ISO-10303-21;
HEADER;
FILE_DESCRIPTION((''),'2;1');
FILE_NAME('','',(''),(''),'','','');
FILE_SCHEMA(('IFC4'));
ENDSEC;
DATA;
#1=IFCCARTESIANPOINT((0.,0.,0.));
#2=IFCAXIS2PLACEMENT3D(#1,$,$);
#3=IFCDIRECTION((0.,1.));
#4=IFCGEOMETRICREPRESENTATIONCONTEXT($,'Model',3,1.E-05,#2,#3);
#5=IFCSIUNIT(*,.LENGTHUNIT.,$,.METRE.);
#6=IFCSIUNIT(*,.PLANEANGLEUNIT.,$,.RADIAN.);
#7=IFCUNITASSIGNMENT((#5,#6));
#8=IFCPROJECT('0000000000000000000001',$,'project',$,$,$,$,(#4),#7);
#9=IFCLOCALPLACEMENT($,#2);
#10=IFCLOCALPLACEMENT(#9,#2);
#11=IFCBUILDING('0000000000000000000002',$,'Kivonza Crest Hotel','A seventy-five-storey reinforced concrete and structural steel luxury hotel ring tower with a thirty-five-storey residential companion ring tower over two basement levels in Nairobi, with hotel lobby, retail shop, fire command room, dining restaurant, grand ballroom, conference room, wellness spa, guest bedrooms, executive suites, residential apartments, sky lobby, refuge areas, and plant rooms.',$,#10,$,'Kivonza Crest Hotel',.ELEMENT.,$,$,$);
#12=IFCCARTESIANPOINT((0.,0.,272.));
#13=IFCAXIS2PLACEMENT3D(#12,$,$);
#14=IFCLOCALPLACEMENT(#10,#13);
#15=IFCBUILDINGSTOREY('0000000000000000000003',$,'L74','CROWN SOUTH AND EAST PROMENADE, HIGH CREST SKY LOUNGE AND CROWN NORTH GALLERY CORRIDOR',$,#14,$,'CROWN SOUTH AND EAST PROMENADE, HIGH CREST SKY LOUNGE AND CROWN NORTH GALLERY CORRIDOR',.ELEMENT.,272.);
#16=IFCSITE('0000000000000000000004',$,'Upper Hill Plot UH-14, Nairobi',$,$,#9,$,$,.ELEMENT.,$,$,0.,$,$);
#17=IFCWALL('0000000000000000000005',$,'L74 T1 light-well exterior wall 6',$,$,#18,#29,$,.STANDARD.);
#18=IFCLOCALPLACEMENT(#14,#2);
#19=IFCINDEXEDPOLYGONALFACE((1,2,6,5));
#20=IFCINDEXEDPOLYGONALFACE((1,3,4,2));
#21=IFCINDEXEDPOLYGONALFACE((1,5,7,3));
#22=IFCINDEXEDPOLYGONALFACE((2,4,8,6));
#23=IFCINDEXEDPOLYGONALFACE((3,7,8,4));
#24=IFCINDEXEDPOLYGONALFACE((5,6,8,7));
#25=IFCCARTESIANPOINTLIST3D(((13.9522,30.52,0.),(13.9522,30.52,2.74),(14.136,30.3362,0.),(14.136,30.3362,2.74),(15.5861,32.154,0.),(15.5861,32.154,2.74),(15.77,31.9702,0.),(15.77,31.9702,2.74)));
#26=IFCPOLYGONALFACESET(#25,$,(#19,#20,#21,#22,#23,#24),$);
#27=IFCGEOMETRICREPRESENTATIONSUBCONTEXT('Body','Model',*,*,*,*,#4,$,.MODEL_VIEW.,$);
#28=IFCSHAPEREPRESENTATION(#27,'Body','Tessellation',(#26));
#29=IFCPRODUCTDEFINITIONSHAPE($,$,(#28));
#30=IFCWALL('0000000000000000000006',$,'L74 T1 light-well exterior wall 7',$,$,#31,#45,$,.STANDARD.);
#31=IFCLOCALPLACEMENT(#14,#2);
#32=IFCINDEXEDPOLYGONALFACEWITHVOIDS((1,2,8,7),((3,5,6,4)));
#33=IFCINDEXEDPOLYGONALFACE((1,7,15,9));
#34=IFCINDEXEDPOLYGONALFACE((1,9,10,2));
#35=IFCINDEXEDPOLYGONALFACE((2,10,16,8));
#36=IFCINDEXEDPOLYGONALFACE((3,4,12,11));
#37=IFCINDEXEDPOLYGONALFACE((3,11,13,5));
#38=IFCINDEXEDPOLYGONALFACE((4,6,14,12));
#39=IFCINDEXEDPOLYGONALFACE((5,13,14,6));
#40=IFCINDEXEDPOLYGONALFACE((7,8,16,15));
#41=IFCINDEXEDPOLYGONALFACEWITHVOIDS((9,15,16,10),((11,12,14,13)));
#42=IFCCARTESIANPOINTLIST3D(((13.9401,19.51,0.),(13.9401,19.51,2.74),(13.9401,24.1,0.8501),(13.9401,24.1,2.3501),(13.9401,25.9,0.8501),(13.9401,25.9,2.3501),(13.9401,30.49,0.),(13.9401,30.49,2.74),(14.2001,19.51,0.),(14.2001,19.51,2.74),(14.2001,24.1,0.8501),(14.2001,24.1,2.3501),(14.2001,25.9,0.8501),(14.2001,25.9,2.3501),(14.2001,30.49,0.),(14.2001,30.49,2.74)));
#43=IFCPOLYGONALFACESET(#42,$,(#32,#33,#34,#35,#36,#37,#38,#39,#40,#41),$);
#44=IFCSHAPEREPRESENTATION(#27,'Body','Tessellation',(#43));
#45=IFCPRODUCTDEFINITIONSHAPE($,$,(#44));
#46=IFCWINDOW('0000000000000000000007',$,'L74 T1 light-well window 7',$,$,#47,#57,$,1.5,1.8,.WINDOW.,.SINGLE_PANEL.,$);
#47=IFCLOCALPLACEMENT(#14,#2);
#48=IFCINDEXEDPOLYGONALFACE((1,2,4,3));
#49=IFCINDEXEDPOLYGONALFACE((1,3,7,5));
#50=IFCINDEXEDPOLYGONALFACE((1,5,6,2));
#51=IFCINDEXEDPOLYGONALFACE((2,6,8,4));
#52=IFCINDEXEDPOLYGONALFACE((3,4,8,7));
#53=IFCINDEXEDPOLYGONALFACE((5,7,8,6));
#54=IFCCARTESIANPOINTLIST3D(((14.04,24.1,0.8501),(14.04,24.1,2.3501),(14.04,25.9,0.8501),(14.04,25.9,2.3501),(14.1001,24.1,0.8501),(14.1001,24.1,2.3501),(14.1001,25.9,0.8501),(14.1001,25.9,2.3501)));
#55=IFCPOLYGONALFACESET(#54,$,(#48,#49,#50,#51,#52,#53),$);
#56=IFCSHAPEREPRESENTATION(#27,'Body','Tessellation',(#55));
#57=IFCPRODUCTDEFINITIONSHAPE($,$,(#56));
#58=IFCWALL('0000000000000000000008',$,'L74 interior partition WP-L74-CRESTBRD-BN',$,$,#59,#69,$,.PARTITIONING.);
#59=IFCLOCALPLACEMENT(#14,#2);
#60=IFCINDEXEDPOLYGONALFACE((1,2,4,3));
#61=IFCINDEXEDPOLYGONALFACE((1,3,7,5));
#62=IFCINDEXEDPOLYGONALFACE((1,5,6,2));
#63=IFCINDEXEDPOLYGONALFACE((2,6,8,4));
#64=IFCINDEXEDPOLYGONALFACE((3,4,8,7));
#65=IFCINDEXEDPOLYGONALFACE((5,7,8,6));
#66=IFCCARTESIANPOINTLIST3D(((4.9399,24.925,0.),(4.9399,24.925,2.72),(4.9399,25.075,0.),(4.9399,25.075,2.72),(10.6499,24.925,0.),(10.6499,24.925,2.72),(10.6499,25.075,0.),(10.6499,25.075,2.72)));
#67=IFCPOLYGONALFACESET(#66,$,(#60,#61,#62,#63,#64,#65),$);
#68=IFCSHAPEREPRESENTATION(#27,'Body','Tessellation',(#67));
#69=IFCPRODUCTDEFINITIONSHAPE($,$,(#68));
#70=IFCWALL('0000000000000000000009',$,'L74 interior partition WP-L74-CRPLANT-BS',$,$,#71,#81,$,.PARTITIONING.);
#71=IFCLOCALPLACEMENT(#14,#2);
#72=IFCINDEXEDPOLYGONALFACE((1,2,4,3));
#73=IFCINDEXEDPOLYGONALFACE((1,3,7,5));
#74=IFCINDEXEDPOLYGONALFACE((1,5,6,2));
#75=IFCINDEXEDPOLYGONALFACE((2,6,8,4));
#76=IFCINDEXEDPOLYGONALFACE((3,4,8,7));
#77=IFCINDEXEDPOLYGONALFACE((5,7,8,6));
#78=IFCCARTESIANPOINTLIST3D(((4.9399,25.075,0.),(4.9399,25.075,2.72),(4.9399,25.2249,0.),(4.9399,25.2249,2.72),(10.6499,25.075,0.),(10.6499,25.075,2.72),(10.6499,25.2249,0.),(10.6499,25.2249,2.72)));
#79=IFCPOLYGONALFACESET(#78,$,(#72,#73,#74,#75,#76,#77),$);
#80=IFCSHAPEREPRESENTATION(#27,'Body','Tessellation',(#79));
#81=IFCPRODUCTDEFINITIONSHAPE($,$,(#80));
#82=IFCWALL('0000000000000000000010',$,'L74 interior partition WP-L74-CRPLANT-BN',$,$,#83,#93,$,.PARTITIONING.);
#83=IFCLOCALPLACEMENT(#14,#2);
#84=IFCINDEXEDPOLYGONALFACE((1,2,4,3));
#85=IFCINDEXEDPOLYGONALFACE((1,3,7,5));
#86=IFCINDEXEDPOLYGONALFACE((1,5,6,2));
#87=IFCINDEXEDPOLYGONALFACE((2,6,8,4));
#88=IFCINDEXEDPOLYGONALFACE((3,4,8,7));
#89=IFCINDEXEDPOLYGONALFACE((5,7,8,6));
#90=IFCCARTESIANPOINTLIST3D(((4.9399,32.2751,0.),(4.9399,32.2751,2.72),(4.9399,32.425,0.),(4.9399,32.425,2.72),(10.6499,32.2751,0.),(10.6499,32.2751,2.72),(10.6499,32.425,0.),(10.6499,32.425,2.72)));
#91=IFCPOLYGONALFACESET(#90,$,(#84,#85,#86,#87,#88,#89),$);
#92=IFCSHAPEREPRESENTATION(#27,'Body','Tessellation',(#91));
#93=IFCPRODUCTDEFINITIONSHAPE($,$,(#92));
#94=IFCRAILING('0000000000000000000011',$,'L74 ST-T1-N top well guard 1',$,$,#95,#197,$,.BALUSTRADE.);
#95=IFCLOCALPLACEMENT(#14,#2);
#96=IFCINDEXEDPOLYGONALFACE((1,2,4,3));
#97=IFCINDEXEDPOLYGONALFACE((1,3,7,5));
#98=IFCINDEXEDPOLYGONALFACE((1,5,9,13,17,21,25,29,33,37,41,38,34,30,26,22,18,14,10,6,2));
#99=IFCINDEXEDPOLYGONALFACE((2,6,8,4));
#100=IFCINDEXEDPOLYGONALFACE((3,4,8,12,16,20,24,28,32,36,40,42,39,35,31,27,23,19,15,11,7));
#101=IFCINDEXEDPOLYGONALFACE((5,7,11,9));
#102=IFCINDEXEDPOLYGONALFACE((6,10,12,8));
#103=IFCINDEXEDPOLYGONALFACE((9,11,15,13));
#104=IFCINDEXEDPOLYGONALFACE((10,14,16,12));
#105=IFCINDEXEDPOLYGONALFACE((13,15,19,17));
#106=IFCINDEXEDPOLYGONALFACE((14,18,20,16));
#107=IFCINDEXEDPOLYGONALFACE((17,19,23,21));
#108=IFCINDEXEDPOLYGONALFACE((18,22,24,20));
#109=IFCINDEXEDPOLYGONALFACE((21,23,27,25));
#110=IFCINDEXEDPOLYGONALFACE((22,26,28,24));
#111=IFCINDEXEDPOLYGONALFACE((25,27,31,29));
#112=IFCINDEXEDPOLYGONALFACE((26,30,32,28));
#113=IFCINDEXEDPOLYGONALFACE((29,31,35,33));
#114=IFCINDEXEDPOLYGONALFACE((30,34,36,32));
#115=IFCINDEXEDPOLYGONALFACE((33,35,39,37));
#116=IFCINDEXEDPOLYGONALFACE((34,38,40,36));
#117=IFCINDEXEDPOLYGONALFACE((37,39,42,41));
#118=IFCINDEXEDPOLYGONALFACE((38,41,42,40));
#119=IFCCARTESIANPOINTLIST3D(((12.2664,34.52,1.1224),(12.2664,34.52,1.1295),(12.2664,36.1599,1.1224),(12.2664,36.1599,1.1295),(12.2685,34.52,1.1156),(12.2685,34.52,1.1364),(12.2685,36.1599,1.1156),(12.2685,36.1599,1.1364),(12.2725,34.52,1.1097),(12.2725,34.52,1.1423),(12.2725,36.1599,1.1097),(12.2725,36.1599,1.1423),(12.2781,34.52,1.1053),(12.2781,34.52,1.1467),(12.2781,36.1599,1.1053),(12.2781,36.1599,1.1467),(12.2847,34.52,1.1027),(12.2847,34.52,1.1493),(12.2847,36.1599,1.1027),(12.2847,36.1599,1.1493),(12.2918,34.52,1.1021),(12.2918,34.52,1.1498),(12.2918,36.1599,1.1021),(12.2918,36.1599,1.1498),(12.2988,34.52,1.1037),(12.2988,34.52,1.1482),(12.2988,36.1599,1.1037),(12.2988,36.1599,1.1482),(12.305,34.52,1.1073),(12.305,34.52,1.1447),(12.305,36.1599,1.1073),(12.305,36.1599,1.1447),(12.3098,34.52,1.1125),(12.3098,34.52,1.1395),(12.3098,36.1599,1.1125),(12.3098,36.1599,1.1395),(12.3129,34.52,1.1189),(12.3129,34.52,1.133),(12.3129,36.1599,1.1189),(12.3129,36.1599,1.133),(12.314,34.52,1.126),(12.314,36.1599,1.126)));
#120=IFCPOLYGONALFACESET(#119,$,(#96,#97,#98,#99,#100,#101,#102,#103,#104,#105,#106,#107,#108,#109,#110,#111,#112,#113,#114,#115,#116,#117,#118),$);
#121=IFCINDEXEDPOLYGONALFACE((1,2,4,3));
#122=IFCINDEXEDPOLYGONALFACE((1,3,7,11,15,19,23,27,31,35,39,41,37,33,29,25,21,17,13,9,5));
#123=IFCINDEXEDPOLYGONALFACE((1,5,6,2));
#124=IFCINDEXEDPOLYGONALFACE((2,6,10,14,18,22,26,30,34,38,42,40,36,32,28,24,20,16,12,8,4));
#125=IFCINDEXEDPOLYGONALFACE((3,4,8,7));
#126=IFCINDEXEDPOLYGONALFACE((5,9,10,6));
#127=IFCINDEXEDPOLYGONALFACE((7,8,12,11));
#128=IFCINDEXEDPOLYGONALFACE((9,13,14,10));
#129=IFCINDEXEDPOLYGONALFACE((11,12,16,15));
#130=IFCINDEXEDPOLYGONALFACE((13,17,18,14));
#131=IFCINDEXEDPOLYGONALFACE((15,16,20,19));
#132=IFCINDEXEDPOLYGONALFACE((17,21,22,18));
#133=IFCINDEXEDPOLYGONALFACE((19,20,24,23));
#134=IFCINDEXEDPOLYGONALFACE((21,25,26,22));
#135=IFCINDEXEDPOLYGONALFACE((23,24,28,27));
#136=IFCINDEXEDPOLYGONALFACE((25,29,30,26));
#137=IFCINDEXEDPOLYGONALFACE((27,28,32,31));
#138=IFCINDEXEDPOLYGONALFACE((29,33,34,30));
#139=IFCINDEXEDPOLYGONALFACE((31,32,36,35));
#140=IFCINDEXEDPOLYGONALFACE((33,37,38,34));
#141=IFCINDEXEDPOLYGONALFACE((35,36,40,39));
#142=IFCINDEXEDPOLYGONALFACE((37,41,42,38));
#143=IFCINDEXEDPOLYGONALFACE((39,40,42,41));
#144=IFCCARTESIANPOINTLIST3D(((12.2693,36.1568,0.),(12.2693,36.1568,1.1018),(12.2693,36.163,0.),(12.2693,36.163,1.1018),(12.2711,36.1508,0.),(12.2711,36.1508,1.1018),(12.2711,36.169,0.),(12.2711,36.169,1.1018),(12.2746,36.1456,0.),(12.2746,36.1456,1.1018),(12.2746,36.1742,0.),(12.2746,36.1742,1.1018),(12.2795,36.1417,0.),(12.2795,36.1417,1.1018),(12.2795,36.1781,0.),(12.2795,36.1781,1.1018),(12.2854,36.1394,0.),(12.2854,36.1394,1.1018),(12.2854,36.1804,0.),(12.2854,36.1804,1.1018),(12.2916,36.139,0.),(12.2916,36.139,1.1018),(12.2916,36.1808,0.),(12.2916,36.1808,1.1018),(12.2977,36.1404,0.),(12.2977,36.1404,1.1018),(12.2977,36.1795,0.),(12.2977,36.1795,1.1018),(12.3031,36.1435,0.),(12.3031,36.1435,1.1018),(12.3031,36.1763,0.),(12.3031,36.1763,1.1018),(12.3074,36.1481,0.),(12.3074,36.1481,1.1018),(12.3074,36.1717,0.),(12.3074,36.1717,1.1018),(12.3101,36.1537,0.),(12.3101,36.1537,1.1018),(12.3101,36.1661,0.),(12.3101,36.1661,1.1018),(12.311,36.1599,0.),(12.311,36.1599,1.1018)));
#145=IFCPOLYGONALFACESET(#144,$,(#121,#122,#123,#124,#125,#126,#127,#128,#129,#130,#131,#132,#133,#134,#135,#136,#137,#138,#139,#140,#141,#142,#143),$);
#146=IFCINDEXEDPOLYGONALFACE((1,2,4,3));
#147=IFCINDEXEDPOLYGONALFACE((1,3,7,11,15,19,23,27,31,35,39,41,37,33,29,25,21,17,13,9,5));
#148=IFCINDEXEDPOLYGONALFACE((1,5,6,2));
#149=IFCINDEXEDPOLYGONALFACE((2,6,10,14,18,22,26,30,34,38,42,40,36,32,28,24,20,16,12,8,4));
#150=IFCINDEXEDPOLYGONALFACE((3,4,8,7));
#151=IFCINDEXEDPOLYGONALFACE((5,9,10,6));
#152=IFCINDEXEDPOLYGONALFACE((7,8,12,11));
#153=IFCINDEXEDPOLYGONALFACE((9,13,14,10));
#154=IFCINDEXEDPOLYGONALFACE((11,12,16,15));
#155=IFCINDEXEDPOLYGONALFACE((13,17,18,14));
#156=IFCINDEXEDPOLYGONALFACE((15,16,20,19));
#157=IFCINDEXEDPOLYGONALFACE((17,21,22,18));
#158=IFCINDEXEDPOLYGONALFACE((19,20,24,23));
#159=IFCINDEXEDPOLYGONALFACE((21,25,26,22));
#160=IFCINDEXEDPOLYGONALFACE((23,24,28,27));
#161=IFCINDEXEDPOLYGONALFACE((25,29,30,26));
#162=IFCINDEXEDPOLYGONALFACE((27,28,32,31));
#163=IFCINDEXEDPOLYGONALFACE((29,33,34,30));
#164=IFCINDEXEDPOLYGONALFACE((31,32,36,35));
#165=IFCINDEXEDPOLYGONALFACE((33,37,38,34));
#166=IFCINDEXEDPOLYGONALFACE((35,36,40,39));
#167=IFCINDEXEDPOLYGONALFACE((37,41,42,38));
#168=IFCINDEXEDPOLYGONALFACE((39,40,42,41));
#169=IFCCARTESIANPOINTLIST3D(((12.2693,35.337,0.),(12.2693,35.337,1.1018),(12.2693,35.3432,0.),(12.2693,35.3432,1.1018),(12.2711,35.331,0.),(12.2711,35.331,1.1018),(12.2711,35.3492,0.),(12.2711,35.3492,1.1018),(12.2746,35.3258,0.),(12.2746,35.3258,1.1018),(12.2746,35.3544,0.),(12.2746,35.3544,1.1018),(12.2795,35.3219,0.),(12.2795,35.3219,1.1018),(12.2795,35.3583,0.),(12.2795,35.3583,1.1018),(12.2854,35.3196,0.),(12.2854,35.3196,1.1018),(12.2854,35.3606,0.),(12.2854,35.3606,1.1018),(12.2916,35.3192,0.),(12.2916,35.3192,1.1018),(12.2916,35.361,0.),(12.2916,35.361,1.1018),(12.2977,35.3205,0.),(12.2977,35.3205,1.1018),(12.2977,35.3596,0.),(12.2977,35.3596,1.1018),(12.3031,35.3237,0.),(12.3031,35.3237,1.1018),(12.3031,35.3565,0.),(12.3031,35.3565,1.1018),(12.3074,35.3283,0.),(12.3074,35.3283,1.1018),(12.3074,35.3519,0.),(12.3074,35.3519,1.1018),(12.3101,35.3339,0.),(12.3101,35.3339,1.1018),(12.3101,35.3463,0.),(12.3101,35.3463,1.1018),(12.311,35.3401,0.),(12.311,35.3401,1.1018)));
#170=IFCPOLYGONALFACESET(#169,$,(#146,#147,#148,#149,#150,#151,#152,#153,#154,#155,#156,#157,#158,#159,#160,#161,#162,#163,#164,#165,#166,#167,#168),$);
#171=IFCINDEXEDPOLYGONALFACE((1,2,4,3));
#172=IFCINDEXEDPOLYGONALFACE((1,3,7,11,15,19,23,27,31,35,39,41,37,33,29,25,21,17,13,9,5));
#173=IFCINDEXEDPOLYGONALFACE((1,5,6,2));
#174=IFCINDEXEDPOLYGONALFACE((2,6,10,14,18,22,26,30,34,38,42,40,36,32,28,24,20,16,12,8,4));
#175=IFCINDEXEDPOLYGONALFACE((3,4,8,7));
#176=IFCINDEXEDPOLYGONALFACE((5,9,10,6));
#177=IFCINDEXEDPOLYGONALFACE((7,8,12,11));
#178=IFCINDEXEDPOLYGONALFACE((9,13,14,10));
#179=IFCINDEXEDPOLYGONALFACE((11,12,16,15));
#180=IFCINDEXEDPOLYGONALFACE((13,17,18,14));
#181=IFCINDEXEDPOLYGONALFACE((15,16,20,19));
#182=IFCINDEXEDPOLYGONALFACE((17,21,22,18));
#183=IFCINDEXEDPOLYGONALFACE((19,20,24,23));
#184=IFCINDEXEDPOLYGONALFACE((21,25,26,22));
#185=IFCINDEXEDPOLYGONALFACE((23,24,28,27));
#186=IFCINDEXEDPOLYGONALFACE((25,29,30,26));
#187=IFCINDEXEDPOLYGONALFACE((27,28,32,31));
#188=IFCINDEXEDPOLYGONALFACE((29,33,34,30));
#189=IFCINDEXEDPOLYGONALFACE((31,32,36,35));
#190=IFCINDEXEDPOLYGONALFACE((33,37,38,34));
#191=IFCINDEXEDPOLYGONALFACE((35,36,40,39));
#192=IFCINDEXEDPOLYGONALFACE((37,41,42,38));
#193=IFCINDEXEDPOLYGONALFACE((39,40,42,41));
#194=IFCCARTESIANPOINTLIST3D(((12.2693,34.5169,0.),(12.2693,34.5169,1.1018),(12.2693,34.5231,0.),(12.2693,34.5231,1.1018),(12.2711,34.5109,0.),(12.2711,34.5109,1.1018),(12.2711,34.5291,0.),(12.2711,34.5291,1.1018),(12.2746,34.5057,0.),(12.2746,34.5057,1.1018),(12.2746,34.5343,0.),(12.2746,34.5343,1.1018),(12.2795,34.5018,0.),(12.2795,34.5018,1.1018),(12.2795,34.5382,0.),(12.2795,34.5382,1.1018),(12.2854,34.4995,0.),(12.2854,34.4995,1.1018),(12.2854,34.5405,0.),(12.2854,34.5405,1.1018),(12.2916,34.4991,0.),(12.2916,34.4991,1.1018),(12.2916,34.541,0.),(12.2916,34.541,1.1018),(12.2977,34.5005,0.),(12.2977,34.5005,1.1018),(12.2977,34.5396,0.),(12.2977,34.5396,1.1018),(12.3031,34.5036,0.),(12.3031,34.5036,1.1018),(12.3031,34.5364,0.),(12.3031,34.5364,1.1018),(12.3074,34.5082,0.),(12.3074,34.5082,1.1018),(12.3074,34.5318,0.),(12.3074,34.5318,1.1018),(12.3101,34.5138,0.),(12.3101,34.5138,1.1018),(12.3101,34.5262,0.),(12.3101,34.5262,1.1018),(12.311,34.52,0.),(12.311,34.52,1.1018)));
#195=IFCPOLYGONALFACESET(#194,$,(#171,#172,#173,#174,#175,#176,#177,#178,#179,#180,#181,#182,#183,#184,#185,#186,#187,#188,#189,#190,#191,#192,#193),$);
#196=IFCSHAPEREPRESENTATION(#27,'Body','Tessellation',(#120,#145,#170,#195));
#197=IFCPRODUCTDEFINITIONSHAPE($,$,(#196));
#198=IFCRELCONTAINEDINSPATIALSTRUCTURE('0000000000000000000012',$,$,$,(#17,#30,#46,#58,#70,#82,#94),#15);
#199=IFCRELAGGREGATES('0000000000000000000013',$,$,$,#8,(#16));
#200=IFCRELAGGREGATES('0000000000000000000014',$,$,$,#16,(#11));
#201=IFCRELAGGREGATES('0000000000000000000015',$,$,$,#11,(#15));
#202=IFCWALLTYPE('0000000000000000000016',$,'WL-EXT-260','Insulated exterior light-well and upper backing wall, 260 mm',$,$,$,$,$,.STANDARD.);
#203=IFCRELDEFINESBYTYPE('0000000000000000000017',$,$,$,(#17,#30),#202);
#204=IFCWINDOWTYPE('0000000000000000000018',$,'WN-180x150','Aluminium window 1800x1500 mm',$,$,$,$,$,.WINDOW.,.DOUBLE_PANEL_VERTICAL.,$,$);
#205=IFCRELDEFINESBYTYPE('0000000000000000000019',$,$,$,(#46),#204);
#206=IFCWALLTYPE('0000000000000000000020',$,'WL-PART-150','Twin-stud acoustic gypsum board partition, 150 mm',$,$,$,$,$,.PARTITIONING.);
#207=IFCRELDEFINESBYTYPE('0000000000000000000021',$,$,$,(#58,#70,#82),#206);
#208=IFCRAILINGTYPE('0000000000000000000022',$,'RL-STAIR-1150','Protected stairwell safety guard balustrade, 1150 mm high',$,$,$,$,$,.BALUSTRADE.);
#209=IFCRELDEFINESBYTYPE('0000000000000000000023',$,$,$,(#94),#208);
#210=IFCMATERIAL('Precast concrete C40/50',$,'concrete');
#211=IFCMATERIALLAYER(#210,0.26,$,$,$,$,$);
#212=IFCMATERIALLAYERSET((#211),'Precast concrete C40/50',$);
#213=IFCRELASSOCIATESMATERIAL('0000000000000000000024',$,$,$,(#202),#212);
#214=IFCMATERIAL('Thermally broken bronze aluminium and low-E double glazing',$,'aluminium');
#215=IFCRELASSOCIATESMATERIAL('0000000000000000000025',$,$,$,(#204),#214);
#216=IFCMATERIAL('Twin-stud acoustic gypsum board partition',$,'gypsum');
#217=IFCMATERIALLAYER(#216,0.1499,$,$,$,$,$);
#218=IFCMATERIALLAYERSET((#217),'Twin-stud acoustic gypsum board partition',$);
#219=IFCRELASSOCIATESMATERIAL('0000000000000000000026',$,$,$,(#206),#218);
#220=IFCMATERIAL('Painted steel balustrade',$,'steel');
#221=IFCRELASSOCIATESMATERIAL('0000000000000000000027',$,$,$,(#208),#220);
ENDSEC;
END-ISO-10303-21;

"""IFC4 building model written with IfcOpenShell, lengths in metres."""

from ifc_helpers import new_model, si_unit, direction, frame, frame_2d, origin, origin_2d, place, context, subcontext, project, spatial, rectangle, circle, extrude, material, layer, layer_set, type_object, element, fill, save


model = new_model("IFC4")

# Units and contexts
model_context = context("Model", 3, precision=1e-05, world=origin(), true_north=direction((0.0, 1.0)))
body_context = subcontext(model_context, "Body", "Model", "MODEL_VIEW")
ifc_project = project(units=[si_unit("LENGTHUNIT", "METRE"), si_unit("PLANEANGLEUNIT", "RADIAN")], contexts=[model_context])

# Site, building, storey
site_placement = place(None, origin())
site = spatial("IfcSite", under=ifc_project, at=site_placement, Name="Upper Hill Plot UH-14, Nairobi", CompositionType="ELEMENT", RefElevation=0.0)
building_placement = place(site_placement, origin())
building = spatial("IfcBuilding", under=site, at=building_placement, Name="Kivonza Crest Hotel", Description="A seventy-five-storey reinforced concrete and structural steel luxury hotel ring tower with a thirty-five-storey residential companion ring tower over two basement levels in Nairobi, with hotel lobby, retail shop, fire command room, dining restaurant, grand ballroom, conference room, wellness spa, guest bedrooms, executive suites, residential apartments, sky lobby, refuge areas, and plant rooms.", LongName="Kivonza Crest Hotel", CompositionType="ELEMENT")
storey_placement = place(building_placement, frame((0.0, 0.0, 272.0)))
storey = spatial("IfcBuildingStorey", under=building, at=storey_placement, Name="L74", Description="CROWN SOUTH AND EAST PROMENADE, HIGH CREST SKY LOUNGE AND CROWN NORTH GALLERY CORRIDOR", LongName="CROWN SOUTH AND EAST PROMENADE, HIGH CREST SKY LOUNGE AND CROWN NORTH GALLERY CORRIDOR", CompositionType="ELEMENT", Elevation=272.0)

# Wall
ifc_material_1 = material(Name="Precast concrete C40/50", Category="concrete")
ifc_layer_1 = layer(ifc_material_1, 0.26)
ifc_layer_set_1 = layer_set([ifc_layer_1], Name="Precast concrete C40/50")
wall_type_1 = type_object("IfcWallType", Name="WL-EXT-260", Description="Insulated exterior light-well and upper backing wall, 260 mm", PredefinedType="STANDARD", material=ifc_layer_set_1)
wall_1_placement = place(storey_placement, frame((15.678, 32.062, 0.0), z_axis=(0.0, 0.0, 1.0), x_axis=(-0.707107, -0.707107, 0.0)))
element("IfcWall", 1, at=wall_1_placement, inside=storey, type_object=wall_type_1, Name="L74 T1 light-well exterior wall 6", PredefinedType="STANDARD", context=body_context, shape_type="SweptSolid", body=[
    extrude(rectangle(XDim=2.3108, YDim=0.26, at=frame_2d((1.1553, 0.0))), origin(), (0.0, 0.0, 1.0), 2.74),
])

# Wall, opening, window
wall_2_placement = place(storey_placement, frame((14.0701, 30.49, 0.0), z_axis=(0.0, 0.0, 1.0), x_axis=(0.0, -1.0, 0.0)))
wall_2 = element("IfcWall", 2, at=wall_2_placement, inside=storey, type_object=wall_type_1, Name="L74 T1 light-well exterior wall 7", PredefinedType="STANDARD", context=body_context, shape_type="SweptSolid", body=[
    extrude(rectangle(XDim=10.98, YDim=0.26, at=frame_2d((5.49, 0.0))), origin(), (0.0, 0.0, 1.0), 2.74),
])
opening_1_placement = place(wall_2_placement, frame((4.5901, 0.0, 0.8501)))
opening_1 = element("IfcOpeningElement", 3, at=opening_1_placement, cuts=wall_2, PredefinedType="OPENING", context=body_context, shape_type="SweptSolid", body=[
    extrude(rectangle(XDim=1.8, YDim=1.5, at=frame_2d((0.8999, 0.75))), frame((0.0, 0.1401, 0.0), z_axis=(0.0, -1.0, 0.0), x_axis=(1.0, 0.0, 0.0)), (0.0, 0.0, 1.0), 0.28),
])
ifc_material_2 = material(Name="Thermally broken bronze aluminium and low-E double glazing", Category="aluminium")
window_type = type_object("IfcWindowType", Name="WN-180x150", Description="Aluminium window 1800x1500 mm", PartitioningType="DOUBLE_PANEL_VERTICAL", PredefinedType="WINDOW", material=ifc_material_2)
window_placement = place(opening_1_placement, origin())
window = element("IfcWindow", 4, at=window_placement, inside=storey, type_object=window_type, Name="L74 T1 light-well window 7", OverallHeight=1.5, OverallWidth=1.8, PartitioningType="SINGLE_PANEL", PredefinedType="WINDOW", context=body_context, shape_type="SweptSolid", body=[
    extrude(rectangle(XDim=1.8, YDim=1.5, at=frame_2d((0.8999, 0.75))), frame((0.0, 0.03, 0.0), z_axis=(0.0, -1.0, 0.0), x_axis=(1.0, 0.0, 0.0)), (0.0, 0.0, 1.0), 0.0601),
])
fill(opening_1, window)

# Walls
ifc_material_3 = material(Name="Twin-stud acoustic gypsum board partition", Category="gypsum")
ifc_layer_2 = layer(ifc_material_3, 0.1499)
ifc_layer_set_2 = layer_set([ifc_layer_2], Name="Twin-stud acoustic gypsum board partition")
wall_type_2 = type_object("IfcWallType", Name="WL-PART-150", Description="Twin-stud acoustic gypsum board partition, 150 mm", PredefinedType="PARTITIONING", material=ifc_layer_set_2)
for number, where, z_axis, x_axis, name in (
    (5, (4.9399, 25.0, 0.0), (0.0, 0.0, 1.0), (1.0, 0.0, 0.0), "L74 interior partition WP-L74-CRESTBRD-BN"),
    (6, (4.9399, 25.1499, 0.0), (0.0, 0.0, 1.0), (1.0, 0.0, 0.0), "L74 interior partition WP-L74-CRPLANT-BS"),
    (7, (4.9399, 32.3501, 0.0), (0.0, 0.0, 1.0), (1.0, 0.0, 0.0), "L74 interior partition WP-L74-CRPLANT-BN"),
):
    element("IfcWall", number, at=place(storey_placement, frame(where, z_axis=z_axis, x_axis=x_axis)), inside=storey, type_object=wall_type_2, Name=name, PredefinedType="PARTITIONING", context=body_context, shape_type="SweptSolid", body=[
        extrude(rectangle(XDim=5.71, YDim=0.1499, at=frame_2d((2.855, 0.0))), origin(), (0.0, 0.0, 1.0), 2.72),
    ])

# Railing
ifc_material_4 = material(Name="Painted steel balustrade", Category="steel")
railing_type = type_object("IfcRailingType", Name="RL-STAIR-1150", Description="Protected stairwell safety guard balustrade, 1150 mm high", PredefinedType="BALUSTRADE", material=ifc_material_4)
railing_placement = place(storey_placement, frame((12.29, 36.1599, 0.0)))
element("IfcRailing", 8, at=railing_placement, inside=storey, type_object=railing_type, Name="L74 ST-T1-N top well guard 1", PredefinedType="BALUSTRADE", context=body_context, shape_type="SweptSolid", body=[
    extrude(circle(Radius=0.0239, at=origin_2d()), frame((0.0, 0.0, 1.126), z_axis=(0.0, -1.0, 0.0), x_axis=(1.0, 0.0, 0.0)), (0.0, 0.0, 1.0), 1.6399),
    extrude(circle(Radius=0.021, at=origin_2d()), origin(), (0.0, 0.0, 1.0), 1.1018),
    extrude(circle(Radius=0.021, at=origin_2d()), frame((0.0, -0.8198, 0.0)), (0.0, 0.0, 1.0), 1.1018),
    extrude(circle(Radius=0.021, at=origin_2d()), frame((0.0, -1.6399, 0.0)), (0.0, 0.0, 1.0), 1.1018),
])

save(model, "model.ifc")
